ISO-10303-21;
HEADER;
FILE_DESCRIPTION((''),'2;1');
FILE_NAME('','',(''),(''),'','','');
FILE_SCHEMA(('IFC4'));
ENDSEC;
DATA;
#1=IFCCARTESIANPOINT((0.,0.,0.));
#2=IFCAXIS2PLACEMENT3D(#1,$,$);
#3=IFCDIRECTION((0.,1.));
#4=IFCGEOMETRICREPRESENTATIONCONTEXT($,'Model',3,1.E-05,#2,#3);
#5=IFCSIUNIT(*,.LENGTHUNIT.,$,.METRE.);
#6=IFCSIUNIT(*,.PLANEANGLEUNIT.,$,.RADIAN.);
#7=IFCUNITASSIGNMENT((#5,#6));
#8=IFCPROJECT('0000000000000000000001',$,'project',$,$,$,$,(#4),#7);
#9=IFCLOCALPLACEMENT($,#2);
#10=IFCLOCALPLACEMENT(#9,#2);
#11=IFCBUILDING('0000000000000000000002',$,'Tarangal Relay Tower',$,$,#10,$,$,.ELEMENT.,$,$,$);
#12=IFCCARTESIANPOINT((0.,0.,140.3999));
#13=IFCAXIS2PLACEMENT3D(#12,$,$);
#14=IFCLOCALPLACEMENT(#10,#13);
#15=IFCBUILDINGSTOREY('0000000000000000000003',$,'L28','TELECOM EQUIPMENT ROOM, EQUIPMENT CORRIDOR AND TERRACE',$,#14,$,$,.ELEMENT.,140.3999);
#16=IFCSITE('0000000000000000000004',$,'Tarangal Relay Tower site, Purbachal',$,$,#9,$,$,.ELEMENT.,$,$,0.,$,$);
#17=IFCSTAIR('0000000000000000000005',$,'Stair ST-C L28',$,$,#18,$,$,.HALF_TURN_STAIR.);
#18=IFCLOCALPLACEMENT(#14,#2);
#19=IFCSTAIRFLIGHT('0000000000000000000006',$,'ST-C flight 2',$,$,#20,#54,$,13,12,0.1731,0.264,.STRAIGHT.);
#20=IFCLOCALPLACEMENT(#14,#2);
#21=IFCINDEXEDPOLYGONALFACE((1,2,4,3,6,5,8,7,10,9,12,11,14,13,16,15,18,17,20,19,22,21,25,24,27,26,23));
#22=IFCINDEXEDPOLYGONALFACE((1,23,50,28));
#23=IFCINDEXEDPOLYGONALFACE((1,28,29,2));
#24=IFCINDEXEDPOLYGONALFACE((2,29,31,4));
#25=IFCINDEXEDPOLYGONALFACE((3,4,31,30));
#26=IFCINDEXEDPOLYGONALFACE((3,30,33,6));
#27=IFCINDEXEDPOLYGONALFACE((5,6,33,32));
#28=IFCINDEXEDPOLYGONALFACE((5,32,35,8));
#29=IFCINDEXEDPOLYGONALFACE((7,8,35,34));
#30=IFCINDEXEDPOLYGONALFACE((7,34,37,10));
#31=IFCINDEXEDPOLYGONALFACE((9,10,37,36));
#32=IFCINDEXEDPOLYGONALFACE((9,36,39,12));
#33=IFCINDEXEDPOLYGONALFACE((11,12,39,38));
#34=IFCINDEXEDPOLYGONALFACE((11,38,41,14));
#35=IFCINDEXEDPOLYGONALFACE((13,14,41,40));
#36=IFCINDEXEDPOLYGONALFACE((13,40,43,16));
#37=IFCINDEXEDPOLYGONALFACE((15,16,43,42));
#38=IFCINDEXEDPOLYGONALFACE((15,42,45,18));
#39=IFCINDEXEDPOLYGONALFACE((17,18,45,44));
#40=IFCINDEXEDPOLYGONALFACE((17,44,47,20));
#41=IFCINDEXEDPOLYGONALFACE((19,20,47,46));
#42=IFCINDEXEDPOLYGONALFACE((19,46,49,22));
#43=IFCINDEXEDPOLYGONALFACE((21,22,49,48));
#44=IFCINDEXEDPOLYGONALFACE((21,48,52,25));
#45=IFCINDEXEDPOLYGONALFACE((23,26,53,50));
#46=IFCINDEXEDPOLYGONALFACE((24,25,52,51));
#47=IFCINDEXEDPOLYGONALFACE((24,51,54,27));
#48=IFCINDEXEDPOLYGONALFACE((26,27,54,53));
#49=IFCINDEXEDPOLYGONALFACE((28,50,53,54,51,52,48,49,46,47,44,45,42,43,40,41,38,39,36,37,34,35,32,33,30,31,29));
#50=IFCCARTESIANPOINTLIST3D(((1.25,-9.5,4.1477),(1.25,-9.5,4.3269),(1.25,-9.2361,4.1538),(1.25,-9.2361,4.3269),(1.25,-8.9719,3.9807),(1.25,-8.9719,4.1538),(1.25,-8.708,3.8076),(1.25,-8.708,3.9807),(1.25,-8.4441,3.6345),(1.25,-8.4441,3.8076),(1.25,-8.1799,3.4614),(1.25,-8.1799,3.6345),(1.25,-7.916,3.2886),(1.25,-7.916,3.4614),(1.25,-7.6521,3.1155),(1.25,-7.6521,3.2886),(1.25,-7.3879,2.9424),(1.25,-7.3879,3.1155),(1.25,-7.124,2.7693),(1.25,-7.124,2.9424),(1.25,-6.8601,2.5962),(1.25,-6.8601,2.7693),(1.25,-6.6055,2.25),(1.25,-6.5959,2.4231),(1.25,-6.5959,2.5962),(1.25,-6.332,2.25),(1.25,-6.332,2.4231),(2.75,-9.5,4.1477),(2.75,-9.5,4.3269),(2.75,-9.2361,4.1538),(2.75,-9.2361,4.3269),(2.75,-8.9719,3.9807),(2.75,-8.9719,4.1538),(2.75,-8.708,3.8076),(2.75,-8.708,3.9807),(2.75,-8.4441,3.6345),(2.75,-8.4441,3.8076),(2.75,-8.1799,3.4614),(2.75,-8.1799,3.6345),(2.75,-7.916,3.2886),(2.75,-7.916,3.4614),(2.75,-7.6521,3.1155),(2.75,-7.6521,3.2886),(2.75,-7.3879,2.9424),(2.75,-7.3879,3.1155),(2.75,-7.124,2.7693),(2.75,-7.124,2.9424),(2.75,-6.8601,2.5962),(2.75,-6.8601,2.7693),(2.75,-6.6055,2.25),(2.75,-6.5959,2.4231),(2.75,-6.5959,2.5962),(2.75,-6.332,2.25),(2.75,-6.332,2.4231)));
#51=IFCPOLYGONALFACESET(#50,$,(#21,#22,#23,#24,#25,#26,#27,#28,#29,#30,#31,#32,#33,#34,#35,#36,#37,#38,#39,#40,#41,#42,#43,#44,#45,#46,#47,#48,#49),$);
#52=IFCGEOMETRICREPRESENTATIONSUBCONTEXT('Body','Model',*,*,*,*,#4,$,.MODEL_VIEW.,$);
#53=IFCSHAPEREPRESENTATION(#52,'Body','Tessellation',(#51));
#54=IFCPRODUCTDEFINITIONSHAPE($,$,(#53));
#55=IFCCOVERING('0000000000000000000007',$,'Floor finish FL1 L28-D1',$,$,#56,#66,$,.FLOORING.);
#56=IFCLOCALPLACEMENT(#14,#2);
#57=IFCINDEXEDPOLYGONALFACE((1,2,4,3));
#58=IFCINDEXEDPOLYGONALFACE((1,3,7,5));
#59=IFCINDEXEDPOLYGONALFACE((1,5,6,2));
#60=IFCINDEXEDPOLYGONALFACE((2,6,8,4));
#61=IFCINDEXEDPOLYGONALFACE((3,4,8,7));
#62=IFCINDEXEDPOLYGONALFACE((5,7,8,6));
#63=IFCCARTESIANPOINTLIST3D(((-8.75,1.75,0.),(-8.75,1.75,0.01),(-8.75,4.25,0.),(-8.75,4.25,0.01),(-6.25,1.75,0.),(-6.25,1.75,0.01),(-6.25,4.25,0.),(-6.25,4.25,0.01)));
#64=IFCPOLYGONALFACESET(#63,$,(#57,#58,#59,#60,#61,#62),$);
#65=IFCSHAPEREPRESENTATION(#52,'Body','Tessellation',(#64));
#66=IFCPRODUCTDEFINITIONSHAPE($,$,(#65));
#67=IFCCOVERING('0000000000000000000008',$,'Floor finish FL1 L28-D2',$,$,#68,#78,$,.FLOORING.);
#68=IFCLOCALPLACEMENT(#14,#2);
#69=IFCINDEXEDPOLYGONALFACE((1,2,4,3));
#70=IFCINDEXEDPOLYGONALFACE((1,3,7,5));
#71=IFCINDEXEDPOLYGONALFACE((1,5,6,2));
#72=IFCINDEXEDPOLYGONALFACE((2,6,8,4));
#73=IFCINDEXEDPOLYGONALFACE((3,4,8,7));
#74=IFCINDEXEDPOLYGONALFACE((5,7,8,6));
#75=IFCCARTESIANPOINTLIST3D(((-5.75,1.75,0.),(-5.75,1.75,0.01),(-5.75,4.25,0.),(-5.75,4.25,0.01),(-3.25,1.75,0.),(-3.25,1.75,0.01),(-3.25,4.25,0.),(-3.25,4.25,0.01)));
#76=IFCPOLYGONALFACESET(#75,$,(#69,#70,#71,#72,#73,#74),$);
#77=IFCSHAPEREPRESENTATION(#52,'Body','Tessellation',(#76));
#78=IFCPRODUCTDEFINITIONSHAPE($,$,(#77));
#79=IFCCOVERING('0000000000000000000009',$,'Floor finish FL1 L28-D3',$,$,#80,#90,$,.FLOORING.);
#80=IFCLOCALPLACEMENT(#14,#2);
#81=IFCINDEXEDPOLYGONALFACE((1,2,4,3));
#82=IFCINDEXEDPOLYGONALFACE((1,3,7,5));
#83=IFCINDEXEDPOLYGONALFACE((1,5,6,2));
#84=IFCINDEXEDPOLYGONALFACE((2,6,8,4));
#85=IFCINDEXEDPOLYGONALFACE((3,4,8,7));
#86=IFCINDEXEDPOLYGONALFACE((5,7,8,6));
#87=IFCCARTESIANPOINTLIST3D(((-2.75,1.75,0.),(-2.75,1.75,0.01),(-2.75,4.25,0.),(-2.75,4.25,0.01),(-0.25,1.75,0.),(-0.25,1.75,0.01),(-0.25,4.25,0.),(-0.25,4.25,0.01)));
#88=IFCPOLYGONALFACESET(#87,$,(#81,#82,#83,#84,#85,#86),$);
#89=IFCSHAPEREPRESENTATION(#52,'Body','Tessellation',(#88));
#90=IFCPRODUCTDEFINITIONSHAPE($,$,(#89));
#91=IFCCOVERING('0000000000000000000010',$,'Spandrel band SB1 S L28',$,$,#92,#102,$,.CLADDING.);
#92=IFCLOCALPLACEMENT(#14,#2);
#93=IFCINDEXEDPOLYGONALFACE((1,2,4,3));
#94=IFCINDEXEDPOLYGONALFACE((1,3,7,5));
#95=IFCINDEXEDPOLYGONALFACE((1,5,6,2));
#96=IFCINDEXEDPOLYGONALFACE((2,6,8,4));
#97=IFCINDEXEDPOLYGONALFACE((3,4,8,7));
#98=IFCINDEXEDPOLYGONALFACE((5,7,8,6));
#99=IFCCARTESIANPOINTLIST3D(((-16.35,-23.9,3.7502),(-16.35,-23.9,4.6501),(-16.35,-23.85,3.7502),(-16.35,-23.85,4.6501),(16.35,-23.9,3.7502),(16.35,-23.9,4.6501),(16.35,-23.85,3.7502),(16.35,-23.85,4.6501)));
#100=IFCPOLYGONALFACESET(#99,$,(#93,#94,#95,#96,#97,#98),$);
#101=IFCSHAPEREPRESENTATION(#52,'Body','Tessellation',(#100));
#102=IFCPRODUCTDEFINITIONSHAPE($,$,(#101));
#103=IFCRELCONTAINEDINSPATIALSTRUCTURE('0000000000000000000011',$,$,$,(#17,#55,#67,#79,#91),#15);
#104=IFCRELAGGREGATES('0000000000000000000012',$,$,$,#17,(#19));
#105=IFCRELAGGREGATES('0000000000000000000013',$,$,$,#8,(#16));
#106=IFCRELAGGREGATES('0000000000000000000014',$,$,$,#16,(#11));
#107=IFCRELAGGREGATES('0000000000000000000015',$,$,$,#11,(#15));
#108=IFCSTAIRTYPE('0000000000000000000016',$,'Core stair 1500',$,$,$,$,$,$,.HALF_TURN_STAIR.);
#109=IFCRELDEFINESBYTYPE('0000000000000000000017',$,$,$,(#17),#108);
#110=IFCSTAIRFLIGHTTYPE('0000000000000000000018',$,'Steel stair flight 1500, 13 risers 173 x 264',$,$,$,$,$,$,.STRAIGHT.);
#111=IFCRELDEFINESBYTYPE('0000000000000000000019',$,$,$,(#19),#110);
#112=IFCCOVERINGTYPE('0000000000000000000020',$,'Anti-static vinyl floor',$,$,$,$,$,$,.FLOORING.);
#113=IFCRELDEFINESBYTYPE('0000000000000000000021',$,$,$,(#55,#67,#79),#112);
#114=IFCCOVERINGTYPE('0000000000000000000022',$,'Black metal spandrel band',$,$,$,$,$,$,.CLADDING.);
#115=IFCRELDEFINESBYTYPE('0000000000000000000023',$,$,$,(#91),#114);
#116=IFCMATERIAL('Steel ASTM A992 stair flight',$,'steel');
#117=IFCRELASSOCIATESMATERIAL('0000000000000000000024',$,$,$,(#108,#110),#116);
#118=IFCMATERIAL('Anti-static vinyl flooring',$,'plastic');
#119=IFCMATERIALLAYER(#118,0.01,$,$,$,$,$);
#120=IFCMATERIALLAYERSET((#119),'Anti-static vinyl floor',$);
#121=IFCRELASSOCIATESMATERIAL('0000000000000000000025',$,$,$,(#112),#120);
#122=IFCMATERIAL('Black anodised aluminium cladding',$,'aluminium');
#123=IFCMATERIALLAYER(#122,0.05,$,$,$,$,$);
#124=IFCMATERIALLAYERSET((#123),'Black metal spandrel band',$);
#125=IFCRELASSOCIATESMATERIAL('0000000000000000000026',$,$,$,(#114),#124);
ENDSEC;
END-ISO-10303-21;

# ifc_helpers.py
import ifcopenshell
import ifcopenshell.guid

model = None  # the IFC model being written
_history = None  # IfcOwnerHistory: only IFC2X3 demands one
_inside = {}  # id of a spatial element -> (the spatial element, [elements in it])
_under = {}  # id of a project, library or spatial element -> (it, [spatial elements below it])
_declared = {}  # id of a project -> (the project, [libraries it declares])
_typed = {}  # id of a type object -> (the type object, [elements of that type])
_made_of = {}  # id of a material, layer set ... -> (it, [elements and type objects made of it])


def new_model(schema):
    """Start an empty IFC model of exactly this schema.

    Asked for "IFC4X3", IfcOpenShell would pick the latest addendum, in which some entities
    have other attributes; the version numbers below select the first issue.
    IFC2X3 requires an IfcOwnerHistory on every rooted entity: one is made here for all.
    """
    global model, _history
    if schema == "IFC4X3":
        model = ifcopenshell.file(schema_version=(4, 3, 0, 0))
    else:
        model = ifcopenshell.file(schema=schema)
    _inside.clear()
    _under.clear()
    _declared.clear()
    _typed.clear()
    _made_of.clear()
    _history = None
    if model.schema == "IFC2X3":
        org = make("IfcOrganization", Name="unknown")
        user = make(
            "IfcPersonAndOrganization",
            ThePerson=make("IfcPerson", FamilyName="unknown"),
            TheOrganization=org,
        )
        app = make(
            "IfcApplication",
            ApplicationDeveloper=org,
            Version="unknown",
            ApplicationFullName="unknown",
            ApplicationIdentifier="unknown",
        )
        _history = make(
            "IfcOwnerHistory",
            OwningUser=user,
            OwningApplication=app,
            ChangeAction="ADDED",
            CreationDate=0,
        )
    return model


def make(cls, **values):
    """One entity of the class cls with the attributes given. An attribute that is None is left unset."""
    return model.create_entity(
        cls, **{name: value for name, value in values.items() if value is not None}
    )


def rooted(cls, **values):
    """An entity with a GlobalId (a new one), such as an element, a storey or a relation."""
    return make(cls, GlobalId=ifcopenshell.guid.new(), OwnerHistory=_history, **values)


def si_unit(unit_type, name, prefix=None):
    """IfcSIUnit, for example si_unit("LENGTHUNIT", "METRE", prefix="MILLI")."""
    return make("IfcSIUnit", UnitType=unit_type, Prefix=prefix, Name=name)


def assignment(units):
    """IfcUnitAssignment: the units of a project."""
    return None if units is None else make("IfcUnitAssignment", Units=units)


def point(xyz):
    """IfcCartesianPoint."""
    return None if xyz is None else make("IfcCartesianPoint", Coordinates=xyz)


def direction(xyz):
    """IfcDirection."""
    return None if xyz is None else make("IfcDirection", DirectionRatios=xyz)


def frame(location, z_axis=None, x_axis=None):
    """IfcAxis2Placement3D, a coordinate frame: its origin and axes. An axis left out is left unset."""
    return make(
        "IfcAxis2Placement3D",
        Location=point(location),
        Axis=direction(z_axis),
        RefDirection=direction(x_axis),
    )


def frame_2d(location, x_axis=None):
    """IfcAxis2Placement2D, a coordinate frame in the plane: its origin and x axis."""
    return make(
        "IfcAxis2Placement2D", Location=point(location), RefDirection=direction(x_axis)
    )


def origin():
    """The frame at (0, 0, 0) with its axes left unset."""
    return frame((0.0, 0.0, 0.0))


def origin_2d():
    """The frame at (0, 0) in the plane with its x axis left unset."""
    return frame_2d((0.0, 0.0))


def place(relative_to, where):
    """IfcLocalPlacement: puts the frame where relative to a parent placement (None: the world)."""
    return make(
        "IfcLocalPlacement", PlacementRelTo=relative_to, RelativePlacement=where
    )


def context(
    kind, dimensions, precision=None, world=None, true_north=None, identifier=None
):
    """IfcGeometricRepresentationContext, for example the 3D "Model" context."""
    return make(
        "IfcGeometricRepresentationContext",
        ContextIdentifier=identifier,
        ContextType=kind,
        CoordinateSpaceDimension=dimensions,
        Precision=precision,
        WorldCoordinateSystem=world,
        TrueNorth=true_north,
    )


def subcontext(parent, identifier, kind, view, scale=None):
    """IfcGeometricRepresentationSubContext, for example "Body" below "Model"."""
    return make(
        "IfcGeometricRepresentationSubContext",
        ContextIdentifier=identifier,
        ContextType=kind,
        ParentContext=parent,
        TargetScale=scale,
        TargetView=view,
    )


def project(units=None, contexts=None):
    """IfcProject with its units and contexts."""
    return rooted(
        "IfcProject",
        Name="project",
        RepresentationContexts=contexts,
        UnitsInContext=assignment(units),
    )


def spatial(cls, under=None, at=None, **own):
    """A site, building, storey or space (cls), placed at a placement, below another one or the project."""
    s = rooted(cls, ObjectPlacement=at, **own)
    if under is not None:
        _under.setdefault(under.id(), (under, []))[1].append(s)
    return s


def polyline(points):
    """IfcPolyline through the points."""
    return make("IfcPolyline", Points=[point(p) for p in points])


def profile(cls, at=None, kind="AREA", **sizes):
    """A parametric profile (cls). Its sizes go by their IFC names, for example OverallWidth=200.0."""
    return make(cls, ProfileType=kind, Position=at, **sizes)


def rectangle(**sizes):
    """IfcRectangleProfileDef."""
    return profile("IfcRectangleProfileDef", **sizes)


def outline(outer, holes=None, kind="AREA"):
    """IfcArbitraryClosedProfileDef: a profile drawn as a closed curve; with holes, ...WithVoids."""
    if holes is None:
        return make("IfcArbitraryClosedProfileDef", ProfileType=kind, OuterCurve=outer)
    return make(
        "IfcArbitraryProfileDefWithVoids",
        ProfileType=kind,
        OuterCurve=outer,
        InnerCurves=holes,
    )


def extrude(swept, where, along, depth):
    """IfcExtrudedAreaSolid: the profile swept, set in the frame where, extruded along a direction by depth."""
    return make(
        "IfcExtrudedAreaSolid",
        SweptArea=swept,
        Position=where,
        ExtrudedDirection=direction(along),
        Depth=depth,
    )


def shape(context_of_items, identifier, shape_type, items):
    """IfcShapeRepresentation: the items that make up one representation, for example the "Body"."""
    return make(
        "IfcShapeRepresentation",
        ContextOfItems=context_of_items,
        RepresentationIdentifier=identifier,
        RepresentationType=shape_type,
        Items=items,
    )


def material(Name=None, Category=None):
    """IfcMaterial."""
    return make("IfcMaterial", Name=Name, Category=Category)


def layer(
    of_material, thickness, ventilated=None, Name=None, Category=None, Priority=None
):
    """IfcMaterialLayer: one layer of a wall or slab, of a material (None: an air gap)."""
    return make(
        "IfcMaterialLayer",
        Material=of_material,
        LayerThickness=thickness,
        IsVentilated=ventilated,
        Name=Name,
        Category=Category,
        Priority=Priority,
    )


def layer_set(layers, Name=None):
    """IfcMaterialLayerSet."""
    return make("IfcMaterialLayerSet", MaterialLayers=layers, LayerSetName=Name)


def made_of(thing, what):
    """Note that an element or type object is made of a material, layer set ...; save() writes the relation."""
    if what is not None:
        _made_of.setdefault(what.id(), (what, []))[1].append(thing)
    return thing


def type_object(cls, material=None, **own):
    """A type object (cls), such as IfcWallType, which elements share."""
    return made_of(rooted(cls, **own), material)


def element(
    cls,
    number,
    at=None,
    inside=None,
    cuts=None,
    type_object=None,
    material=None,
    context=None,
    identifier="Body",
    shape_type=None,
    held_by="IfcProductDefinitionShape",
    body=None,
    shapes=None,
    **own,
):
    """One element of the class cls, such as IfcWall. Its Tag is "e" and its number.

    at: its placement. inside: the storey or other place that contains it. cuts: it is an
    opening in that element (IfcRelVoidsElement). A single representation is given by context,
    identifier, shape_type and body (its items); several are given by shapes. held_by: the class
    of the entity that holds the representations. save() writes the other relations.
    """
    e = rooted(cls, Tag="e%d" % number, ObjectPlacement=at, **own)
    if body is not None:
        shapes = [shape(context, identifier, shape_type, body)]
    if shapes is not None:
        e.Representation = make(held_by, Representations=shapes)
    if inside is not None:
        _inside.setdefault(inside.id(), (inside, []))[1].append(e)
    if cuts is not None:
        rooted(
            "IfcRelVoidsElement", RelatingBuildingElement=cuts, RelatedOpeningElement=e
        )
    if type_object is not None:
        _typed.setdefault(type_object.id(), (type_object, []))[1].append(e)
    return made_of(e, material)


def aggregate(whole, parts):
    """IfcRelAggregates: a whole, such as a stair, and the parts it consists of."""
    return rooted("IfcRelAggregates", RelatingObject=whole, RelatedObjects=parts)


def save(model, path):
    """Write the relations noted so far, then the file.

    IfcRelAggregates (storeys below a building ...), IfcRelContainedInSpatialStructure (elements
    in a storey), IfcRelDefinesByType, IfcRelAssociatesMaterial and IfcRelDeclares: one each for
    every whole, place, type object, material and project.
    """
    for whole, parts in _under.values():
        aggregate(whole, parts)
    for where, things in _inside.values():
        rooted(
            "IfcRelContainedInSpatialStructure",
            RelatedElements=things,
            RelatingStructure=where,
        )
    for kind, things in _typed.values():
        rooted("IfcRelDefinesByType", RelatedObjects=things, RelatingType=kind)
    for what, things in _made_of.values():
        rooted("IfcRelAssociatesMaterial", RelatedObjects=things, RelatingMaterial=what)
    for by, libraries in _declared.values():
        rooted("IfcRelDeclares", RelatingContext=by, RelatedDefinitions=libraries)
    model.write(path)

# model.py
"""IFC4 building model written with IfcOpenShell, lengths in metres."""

from ifc_helpers import new_model, si_unit, direction, frame, origin, origin_2d, place, context, subcontext, project, spatial, polyline, rectangle, outline, extrude, material, layer, layer_set, type_object, element, aggregate, save


model = new_model("IFC4")

# Units and contexts
model_context = context("Model", 3, precision=1e-05, world=origin(), true_north=direction((0.0, 1.0)))
body_context = subcontext(model_context, "Body", "Model", "MODEL_VIEW")
ifc_project = project(units=[si_unit("LENGTHUNIT", "METRE"), si_unit("PLANEANGLEUNIT", "RADIAN")], contexts=[model_context])

# Site, building, storey
site_placement = place(None, origin())
site = spatial("IfcSite", under=ifc_project, at=site_placement, Name="Tarangal Relay Tower site, Purbachal", CompositionType="ELEMENT", RefElevation=0.0)
building_placement = place(site_placement, origin())
building = spatial("IfcBuilding", under=site, at=building_placement, Name="Tarangal Relay Tower", CompositionType="ELEMENT")
storey_placement = place(building_placement, frame((0.0, 0.0, 140.3999)))
storey = spatial("IfcBuildingStorey", under=building, at=storey_placement, Name="L28", Description="TELECOM EQUIPMENT ROOM, EQUIPMENT CORRIDOR AND TERRACE", CompositionType="ELEMENT", Elevation=140.3999)

# Stair, stair flight
ifc_material_1 = material(Name="Steel ASTM A992 stair flight", Category="steel")
stair_type = type_object("IfcStairType", Name="Core stair 1500", PredefinedType="HALF_TURN_STAIR", material=ifc_material_1)
stair_placement = place(storey_placement, origin())
stair = element("IfcStair", 1, at=stair_placement, inside=storey, type_object=stair_type, Name="Stair ST-C L28", PredefinedType="HALF_TURN_STAIR")
stair_flight_type = type_object("IfcStairFlightType", Name="Steel stair flight 1500, 13 risers 173 x 264", PredefinedType="STRAIGHT", material=ifc_material_1)
stair_flight_placement = place(storey_placement, frame((2.0, -6.332, 2.25), z_axis=(0.0, 0.0, 1.0), x_axis=(0.0, -1.0, 0.0)))
stair_flight = element("IfcStairFlight", 2, at=stair_flight_placement, type_object=stair_flight_type, Name="ST-C flight 2", NumberOfRisers=13, NumberOfTreads=12, PredefinedType="STRAIGHT", RiserHeight=0.1731, TreadLength=0.264, context=body_context, shape_type="SweptSolid", body=[
    extrude(outline(polyline([(0.0, 0.0), (0.0, 0.1731), (0.2639, 0.1731), (0.2639, 0.3462), (0.5281, 0.3462), (0.5281, 0.5193), (0.792, 0.5193), (0.792, 0.6924), (1.0559, 0.6924), (1.0559, 0.8655), (1.3201, 0.8655), (1.3201, 1.0386), (1.584, 1.0386), (1.584, 1.2114), (1.8479, 1.2114), (1.8479, 1.3845), (2.1121, 1.3845), (2.1121, 1.5576), (2.376, 1.5576), (2.376, 1.7307), (2.6399, 1.7307), (2.6399, 1.9038), (2.9041, 1.9038), (2.9041, 2.0769), (3.168, 2.0769), (3.168, 2.25), (3.168, 1.8977), (0.2734, 0.0), (0.0, 0.0)])), frame((0.0, 0.75, 0.0), z_axis=(0.0, -1.0, 0.0), x_axis=(1.0, 0.0, 0.0)), (0.0, 0.0, 1.0), 1.5),
])
aggregate(stair, [stair_flight])

# Coverings
ifc_material_2 = material(Name="Anti-static vinyl flooring", Category="plastic")
ifc_layer_1 = layer(ifc_material_2, 0.01)
ifc_layer_set_1 = layer_set([ifc_layer_1], Name="Anti-static vinyl floor")
covering_type_1 = type_object("IfcCoveringType", Name="Anti-static vinyl floor", PredefinedType="FLOORING", material=ifc_layer_set_1)
covering_1_placement = place(storey_placement, origin())
element("IfcCovering", 3, at=covering_1_placement, inside=storey, type_object=covering_type_1, Name="Floor finish FL1 L28-D1", PredefinedType="FLOORING", context=body_context, shape_type="SweptSolid", body=[
    extrude(outline(polyline([(-8.75, 1.75), (-6.25, 1.75), (-6.25, 4.25), (-8.75, 4.25), (-8.75, 1.75)])), origin(), (0.0, 0.0, 1.0), 0.01),
])
covering_2_placement = place(storey_placement, origin())
element("IfcCovering", 4, at=covering_2_placement, inside=storey, type_object=covering_type_1, Name="Floor finish FL1 L28-D2", PredefinedType="FLOORING", context=body_context, shape_type="SweptSolid", body=[
    extrude(outline(polyline([(-5.75, 1.75), (-3.25, 1.75), (-3.25, 4.25), (-5.75, 4.25), (-5.75, 1.75)])), origin(), (0.0, 0.0, 1.0), 0.01),
])
covering_3_placement = place(storey_placement, origin())
element("IfcCovering", 5, at=covering_3_placement, inside=storey, type_object=covering_type_1, Name="Floor finish FL1 L28-D3", PredefinedType="FLOORING", context=body_context, shape_type="SweptSolid", body=[
    extrude(outline(polyline([(-2.75, 1.75), (-0.25, 1.75), (-0.25, 4.25), (-2.75, 4.25), (-2.75, 1.75)])), origin(), (0.0, 0.0, 1.0), 0.01),
])
ifc_material_3 = material(Name="Black anodised aluminium cladding", Category="aluminium")
ifc_layer_2 = layer(ifc_material_3, 0.05)
ifc_layer_set_2 = layer_set([ifc_layer_2], Name="Black metal spandrel band")
covering_type_2 = type_object("IfcCoveringType", Name="Black metal spandrel band", PredefinedType="CLADDING", material=ifc_layer_set_2)
covering_4_placement = place(storey_placement, frame((0.0, -23.875, 3.7502), z_axis=(0.0, 0.0, 1.0), x_axis=(-1.0, 0.0, 0.0)))
element("IfcCovering", 6, at=covering_4_placement, inside=storey, type_object=covering_type_2, Name="Spandrel band SB1 S L28", PredefinedType="CLADDING", context=body_context, shape_type="SweptSolid", body=[
    extrude(rectangle(XDim=32.7, YDim=0.05, at=origin_2d()), origin(), (0.0, 0.0, 1.0), 0.8999),
])

save(model, "model.ifc")
